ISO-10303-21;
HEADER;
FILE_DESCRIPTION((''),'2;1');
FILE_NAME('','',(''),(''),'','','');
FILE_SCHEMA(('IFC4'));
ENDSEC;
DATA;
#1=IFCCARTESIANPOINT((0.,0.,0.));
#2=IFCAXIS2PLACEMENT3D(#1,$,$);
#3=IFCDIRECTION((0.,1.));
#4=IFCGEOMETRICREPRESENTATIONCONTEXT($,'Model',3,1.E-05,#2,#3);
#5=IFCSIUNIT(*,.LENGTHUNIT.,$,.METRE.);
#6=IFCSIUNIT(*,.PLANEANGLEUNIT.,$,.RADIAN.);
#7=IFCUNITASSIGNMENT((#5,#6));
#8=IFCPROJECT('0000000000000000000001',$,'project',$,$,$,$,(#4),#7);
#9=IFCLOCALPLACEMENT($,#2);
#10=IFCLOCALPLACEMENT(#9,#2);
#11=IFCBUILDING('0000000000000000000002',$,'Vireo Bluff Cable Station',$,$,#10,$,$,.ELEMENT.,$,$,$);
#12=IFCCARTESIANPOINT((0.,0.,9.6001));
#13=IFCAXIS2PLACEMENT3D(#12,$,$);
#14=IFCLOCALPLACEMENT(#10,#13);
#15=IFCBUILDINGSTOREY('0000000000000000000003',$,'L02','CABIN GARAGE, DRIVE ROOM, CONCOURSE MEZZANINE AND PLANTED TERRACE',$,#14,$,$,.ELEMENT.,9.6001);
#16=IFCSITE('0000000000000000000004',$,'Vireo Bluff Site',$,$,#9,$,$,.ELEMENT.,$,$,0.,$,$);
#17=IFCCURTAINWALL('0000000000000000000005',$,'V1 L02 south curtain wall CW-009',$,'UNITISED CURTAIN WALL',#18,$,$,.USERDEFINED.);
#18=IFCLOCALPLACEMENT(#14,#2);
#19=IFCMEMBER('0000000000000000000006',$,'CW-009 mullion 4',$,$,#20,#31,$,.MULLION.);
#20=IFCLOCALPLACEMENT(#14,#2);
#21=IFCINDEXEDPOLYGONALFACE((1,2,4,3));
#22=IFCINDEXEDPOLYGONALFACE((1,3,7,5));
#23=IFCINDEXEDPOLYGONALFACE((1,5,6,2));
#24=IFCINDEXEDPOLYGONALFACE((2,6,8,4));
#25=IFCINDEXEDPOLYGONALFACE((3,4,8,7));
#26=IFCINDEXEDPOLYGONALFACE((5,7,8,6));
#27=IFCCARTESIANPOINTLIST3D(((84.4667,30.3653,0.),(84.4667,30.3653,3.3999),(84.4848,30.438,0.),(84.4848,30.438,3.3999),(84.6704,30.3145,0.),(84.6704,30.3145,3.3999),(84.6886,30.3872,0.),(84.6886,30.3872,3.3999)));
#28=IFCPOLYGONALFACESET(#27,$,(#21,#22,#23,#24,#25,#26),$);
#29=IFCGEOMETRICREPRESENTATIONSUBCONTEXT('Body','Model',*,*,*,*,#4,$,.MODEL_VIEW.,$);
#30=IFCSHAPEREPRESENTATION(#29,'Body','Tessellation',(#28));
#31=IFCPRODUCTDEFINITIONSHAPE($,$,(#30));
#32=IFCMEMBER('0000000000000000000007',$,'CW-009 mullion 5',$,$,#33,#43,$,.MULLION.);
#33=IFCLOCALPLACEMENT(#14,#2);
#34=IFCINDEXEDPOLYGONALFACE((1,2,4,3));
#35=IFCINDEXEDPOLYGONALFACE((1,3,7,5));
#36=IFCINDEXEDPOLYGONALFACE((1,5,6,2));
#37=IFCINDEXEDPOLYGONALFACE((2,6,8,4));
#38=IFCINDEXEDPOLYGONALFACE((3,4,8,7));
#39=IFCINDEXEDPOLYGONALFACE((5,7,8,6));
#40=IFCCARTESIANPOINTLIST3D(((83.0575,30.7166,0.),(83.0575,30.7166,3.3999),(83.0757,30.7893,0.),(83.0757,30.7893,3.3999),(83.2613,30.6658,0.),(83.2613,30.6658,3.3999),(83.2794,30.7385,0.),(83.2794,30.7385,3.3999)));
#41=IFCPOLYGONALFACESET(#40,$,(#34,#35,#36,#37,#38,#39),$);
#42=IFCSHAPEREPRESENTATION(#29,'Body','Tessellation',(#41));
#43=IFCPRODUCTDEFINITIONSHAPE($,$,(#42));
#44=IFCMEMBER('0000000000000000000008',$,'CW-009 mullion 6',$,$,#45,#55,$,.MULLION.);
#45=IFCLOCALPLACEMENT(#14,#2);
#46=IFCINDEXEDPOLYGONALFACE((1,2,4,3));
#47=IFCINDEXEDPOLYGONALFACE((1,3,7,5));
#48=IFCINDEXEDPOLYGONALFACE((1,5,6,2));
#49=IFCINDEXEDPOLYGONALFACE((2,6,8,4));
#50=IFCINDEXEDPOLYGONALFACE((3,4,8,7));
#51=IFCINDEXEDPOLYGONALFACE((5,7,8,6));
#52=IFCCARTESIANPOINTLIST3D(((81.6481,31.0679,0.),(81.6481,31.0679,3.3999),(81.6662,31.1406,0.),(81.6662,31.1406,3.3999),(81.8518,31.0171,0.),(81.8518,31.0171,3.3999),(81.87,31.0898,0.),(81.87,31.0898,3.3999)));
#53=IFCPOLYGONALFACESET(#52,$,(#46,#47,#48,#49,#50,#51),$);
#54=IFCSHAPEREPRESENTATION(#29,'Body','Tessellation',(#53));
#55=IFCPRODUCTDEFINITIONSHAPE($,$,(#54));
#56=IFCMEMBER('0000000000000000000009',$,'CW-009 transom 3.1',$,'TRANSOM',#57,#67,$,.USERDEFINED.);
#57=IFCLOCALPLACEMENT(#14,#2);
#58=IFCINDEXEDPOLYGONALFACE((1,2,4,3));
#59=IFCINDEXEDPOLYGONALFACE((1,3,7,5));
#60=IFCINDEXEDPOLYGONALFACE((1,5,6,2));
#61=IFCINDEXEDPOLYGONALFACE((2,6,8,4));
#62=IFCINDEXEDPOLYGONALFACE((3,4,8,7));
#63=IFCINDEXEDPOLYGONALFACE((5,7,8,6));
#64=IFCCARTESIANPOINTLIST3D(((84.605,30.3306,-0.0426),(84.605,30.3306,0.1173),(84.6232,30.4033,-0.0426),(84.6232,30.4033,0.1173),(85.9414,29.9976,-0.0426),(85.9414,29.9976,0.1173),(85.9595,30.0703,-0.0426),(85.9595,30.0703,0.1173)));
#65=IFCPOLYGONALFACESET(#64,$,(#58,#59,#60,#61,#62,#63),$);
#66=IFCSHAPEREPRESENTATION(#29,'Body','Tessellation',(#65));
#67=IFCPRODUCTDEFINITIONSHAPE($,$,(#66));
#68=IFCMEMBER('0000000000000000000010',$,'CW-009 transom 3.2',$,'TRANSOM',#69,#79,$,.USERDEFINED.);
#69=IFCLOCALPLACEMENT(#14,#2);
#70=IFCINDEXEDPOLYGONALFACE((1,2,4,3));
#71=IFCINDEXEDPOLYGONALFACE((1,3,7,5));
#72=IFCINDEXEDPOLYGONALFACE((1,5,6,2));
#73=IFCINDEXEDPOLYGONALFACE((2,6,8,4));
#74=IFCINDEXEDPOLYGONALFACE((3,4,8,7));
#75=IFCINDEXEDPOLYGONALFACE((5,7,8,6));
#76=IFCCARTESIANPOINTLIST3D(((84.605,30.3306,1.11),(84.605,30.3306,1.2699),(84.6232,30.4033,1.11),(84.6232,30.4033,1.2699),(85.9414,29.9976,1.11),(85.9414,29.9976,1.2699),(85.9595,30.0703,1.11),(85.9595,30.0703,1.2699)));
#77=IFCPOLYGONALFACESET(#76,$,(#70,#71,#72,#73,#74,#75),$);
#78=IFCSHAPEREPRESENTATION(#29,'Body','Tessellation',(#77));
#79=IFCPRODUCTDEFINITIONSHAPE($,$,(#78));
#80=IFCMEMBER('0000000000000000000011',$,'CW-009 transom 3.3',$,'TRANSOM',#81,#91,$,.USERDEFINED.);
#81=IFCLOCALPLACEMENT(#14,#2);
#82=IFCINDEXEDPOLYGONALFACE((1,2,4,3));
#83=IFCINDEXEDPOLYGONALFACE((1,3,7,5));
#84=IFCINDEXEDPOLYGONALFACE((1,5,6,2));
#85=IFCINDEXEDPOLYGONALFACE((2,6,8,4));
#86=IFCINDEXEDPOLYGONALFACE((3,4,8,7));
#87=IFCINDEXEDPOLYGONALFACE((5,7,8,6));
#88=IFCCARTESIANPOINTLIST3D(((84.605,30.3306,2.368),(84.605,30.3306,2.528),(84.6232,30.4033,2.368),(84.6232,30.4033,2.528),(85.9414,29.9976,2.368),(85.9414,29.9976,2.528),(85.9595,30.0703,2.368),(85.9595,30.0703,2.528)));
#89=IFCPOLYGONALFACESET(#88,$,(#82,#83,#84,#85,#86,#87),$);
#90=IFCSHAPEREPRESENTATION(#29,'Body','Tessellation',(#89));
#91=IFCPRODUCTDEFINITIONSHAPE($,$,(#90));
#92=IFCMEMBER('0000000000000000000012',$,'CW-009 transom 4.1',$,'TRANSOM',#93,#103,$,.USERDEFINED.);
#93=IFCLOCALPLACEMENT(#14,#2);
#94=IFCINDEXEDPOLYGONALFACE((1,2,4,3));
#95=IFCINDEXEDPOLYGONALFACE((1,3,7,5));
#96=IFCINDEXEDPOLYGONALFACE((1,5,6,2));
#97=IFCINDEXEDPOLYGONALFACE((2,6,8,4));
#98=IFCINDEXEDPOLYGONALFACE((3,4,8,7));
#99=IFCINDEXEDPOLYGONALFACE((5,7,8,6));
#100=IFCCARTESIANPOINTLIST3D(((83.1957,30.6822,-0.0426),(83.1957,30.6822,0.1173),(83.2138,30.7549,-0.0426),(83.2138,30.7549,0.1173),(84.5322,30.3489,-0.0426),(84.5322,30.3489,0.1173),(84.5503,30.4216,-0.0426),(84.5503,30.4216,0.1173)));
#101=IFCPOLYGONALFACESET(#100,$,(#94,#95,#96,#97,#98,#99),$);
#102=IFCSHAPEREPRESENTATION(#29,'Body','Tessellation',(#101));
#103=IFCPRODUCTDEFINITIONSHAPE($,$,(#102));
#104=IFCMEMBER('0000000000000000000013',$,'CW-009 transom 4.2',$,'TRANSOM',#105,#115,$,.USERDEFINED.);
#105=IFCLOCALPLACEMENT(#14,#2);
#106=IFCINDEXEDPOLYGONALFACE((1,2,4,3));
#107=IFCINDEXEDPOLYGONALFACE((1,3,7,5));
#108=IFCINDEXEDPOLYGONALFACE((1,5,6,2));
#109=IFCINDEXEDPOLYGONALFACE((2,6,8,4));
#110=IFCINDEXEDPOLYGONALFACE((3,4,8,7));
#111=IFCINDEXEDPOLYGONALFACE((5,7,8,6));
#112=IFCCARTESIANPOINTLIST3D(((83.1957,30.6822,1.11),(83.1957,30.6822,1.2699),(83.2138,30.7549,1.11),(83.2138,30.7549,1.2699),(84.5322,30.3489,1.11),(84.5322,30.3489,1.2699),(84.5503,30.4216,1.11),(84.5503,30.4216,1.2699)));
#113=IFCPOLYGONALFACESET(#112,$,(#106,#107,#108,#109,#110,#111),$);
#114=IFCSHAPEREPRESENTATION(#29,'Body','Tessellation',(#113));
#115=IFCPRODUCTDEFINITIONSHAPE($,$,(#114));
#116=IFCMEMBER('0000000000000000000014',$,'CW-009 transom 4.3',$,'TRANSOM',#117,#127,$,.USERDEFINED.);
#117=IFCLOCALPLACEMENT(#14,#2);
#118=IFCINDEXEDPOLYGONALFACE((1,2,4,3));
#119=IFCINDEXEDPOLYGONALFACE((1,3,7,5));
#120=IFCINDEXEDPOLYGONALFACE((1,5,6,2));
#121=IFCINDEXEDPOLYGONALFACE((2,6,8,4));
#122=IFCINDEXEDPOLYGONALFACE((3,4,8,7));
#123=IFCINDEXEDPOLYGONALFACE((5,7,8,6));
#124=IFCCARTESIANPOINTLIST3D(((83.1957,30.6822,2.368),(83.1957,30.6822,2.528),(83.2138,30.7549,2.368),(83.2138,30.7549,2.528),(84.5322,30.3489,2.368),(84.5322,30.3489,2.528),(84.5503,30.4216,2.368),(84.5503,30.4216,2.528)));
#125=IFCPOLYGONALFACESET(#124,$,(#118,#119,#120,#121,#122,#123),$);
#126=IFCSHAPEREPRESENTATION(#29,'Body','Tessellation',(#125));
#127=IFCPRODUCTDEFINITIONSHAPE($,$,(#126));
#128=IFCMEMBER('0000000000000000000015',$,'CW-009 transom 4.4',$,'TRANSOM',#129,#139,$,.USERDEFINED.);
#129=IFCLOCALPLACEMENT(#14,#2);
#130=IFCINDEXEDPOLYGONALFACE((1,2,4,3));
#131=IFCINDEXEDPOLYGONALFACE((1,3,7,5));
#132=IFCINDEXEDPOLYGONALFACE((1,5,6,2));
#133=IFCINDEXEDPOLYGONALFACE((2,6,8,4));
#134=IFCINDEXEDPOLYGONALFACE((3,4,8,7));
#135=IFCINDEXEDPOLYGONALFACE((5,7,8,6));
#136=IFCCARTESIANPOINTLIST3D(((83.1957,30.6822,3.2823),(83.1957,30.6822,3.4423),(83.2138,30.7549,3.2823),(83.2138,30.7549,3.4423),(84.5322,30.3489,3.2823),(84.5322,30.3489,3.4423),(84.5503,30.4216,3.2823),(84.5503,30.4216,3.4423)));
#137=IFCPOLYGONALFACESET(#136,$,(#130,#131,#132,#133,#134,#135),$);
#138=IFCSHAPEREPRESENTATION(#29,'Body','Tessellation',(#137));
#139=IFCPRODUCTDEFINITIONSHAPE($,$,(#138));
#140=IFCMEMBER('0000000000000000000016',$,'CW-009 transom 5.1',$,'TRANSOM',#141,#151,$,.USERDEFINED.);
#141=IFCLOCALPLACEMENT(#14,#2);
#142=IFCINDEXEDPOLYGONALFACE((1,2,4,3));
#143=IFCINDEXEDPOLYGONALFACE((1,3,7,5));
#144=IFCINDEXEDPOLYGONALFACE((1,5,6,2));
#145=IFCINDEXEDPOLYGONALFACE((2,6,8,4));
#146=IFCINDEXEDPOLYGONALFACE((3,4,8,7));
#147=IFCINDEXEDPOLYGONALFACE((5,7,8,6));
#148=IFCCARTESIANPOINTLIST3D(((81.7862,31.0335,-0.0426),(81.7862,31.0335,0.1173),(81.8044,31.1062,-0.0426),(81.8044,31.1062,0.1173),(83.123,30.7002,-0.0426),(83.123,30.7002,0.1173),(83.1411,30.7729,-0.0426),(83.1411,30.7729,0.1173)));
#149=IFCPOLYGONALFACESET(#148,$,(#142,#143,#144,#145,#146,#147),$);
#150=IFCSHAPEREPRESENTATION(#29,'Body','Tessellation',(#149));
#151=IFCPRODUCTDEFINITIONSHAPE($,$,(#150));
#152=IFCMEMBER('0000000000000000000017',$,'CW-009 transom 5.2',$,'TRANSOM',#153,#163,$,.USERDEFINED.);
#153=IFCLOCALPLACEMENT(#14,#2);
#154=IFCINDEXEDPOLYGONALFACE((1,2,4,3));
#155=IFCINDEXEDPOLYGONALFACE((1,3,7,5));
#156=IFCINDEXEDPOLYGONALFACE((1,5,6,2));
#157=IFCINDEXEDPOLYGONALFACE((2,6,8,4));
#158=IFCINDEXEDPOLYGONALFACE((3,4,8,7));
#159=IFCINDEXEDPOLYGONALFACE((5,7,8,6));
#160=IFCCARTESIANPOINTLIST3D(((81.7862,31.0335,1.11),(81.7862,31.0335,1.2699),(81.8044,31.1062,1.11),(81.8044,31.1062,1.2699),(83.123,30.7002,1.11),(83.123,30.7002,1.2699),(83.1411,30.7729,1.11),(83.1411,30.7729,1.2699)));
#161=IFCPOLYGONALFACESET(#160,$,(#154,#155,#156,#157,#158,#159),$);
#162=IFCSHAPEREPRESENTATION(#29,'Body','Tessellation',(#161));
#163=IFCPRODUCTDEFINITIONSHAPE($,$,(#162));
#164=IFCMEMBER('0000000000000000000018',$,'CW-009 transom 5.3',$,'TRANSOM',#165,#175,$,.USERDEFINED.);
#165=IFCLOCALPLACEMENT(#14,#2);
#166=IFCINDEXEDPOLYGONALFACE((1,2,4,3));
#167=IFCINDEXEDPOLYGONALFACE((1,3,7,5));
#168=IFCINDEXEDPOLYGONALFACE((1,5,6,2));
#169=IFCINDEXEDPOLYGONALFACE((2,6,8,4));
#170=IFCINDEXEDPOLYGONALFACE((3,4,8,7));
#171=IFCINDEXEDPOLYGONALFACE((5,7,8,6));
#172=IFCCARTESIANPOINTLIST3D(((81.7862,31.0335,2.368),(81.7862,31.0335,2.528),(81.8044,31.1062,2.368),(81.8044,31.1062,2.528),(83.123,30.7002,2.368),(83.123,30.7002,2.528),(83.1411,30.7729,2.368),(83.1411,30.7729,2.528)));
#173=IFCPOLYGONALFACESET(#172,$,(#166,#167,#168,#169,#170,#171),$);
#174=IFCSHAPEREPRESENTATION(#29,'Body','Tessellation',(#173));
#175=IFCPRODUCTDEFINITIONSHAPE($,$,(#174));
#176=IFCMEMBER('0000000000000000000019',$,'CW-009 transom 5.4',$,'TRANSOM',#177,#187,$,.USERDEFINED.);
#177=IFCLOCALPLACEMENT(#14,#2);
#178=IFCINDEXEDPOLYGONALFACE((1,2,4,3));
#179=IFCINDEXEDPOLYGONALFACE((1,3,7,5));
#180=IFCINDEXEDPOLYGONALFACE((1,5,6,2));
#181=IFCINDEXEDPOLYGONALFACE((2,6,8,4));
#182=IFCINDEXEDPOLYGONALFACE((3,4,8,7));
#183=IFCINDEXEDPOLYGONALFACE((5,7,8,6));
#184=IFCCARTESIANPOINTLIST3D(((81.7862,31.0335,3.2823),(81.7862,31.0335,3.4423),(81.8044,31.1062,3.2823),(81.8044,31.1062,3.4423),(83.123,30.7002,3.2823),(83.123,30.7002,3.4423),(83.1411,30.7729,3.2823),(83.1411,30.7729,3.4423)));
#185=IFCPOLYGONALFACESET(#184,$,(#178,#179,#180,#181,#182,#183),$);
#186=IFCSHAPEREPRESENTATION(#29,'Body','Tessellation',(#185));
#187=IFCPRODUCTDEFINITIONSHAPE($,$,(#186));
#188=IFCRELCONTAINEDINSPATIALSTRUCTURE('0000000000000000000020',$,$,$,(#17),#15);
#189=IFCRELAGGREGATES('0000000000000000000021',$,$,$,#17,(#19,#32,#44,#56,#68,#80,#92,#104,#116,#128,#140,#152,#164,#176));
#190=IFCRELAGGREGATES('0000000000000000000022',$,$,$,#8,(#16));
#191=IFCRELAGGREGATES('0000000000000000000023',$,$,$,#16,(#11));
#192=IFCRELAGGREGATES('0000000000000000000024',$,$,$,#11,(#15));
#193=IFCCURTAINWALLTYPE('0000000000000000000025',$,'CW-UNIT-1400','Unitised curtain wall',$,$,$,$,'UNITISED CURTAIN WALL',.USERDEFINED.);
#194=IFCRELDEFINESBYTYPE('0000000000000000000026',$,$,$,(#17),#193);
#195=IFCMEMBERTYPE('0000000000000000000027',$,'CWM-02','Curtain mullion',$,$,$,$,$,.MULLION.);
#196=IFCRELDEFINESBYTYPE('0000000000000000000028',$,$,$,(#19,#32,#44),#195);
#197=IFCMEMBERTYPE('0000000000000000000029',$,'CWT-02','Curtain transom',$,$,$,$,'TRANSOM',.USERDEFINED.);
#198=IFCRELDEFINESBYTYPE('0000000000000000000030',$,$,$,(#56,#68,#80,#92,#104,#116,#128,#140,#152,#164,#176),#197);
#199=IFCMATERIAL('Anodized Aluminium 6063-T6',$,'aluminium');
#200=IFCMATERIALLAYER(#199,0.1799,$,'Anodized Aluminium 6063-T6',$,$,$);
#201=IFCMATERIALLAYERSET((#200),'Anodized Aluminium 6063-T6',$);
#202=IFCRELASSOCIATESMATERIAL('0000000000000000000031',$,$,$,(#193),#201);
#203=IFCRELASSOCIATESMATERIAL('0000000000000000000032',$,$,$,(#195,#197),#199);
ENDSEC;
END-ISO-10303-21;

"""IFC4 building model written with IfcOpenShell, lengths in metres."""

from ifc_helpers import new_model, si_unit, direction, frame, origin, origin_2d, place, context, subcontext, project, spatial, rectangle, extrude, material, layer, layer_set, material_profile, profile_set, type_object, element, aggregate, save


model = new_model("IFC4")

# Units and contexts
model_context = context("Model", 3, precision=1e-05, world=origin(), true_north=direction((0.0, 1.0)))
body_context = subcontext(model_context, "Body", "Model", "MODEL_VIEW")
ifc_project = project(units=[si_unit("LENGTHUNIT", "METRE"), si_unit("PLANEANGLEUNIT", "RADIAN")], contexts=[model_context])

# Site, building, storey
site_placement = place(None, origin())
site = spatial("IfcSite", under=ifc_project, at=site_placement, Name="Vireo Bluff Site", CompositionType="ELEMENT", RefElevation=0.0)
building_placement = place(site_placement, origin())
building = spatial("IfcBuilding", under=site, at=building_placement, Name="Vireo Bluff Cable Station", CompositionType="ELEMENT")
storey_placement = place(building_placement, frame((0.0, 0.0, 9.6001)))
storey = spatial("IfcBuildingStorey", under=building, at=storey_placement, Name="L02", Description="CABIN GARAGE, DRIVE ROOM, CONCOURSE MEZZANINE AND PLANTED TERRACE", CompositionType="ELEMENT", Elevation=9.6001)

# Curtain wall, members
ifc_material_1 = material(Name="Anodized Aluminium 6063-T6", Category="aluminium")
ifc_layer_1 = layer(ifc_material_1, 0.1799, Name="Anodized Aluminium 6063-T6")
ifc_layer_set_1 = layer_set([ifc_layer_1], Name="Anodized Aluminium 6063-T6")
curtain_wall_type = type_object("IfcCurtainWallType", Name="CW-UNIT-1400", Description="Unitised curtain wall", ElementType="UNITISED CURTAIN WALL", PredefinedType="USERDEFINED", material=ifc_layer_set_1)
curtain_wall_placement = place(storey_placement, origin())
curtain_wall = element("IfcCurtainWall", 1, at=curtain_wall_placement, inside=storey, type_object=curtain_wall_type, Name="V1 L02 south curtain wall CW-009", ObjectType="UNITISED CURTAIN WALL", PredefinedType="USERDEFINED")
ifc_material_profile_1 = material_profile(ifc_material_1, rectangle(XDim=0.075, YDim=0.21, at=origin_2d()), Name="ALU-M-75X210")
ifc_profile_set_1 = profile_set([ifc_material_profile_1], Name="Anodized Aluminium 6063-T6")
member_type_1 = type_object("IfcMemberType", Name="CWM-02", Description="Curtain mullion", PredefinedType="MULLION", material=ifc_profile_set_1)
member_1_placement = place(storey_placement, frame((84.5776, 30.3762, 0.0), z_axis=(0.0, 0.0, 1.0), x_axis=(-0.241922, -0.970296, 0.0)))
member_1 = element("IfcMember", 2, at=member_1_placement, type_object=member_type_1, Name="CW-009 mullion 4", PredefinedType="MULLION", context=body_context, shape_type="SweptSolid", body=[
    extrude(rectangle(XDim=0.075, YDim=0.21, at=origin_2d()), origin(), (0.0, 0.0, 1.0), 3.3999),
])
member_2_placement = place(storey_placement, frame((83.1685, 30.7275, 0.0), z_axis=(0.0, 0.0, 1.0), x_axis=(-0.241922, -0.970296, 0.0)))
member_2 = element("IfcMember", 3, at=member_2_placement, type_object=member_type_1, Name="CW-009 mullion 5", PredefinedType="MULLION", context=body_context, shape_type="SweptSolid", body=[
    extrude(rectangle(XDim=0.075, YDim=0.21, at=origin_2d()), origin(), (0.0, 0.0, 1.0), 3.3999),
])
member_3_placement = place(storey_placement, frame((81.759, 31.0789, 0.0), z_axis=(0.0, 0.0, 1.0), x_axis=(-0.241922, -0.970296, 0.0)))
member_3 = element("IfcMember", 4, at=member_3_placement, type_object=member_type_1, Name="CW-009 mullion 6", PredefinedType="MULLION", context=body_context, shape_type="SweptSolid", body=[
    extrude(rectangle(XDim=0.075, YDim=0.21, at=origin_2d()), origin(), (0.0, 0.0, 1.0), 3.3999),
])
ifc_material_profile_2 = material_profile(ifc_material_1, rectangle(XDim=0.075, YDim=0.1599, at=origin_2d()), Name="ALU-T-75X160")
ifc_profile_set_2 = profile_set([ifc_material_profile_2], Name="Anodized Aluminium 6063-T6")
member_type_2 = type_object("IfcMemberType", Name="CWT-02", Description="Curtain transom", ElementType="TRANSOM", PredefinedType="USERDEFINED", material=ifc_profile_set_2)
member_4_placement = place(storey_placement, frame((85.9504, 30.0339, 0.0374), z_axis=(-0.97033, 0.241785, 0.0), x_axis=(-0.241785, -0.97033, 0.0)))
member_4 = element("IfcMember", 5, at=member_4_placement, type_object=member_type_2, Name="CW-009 transom 3.1", ObjectType="TRANSOM", PredefinedType="USERDEFINED", context=body_context, shape_type="SweptSolid", body=[
    extrude(rectangle(XDim=0.075, YDim=0.1599, at=origin_2d()), origin(), (0.0, 0.0, 1.0), 1.3772),
])
member_5_placement = place(storey_placement, frame((85.9504, 30.0339, 1.1899), z_axis=(-0.97033, 0.241785, 0.0), x_axis=(-0.241785, -0.97033, 0.0)))
member_5 = element("IfcMember", 6, at=member_5_placement, type_object=member_type_2, Name="CW-009 transom 3.2", ObjectType="TRANSOM", PredefinedType="USERDEFINED", context=body_context, shape_type="SweptSolid", body=[
    extrude(rectangle(XDim=0.075, YDim=0.1599, at=origin_2d()), origin(), (0.0, 0.0, 1.0), 1.3772),
])
member_6_placement = place(storey_placement, frame((85.9504, 30.0339, 2.448), z_axis=(-0.97033, 0.241785, 0.0), x_axis=(-0.241785, -0.97033, 0.0)))
member_6 = element("IfcMember", 7, at=member_6_placement, type_object=member_type_2, Name="CW-009 transom 3.3", ObjectType="TRANSOM", PredefinedType="USERDEFINED", context=body_context, shape_type="SweptSolid", body=[
    extrude(rectangle(XDim=0.075, YDim=0.1599, at=origin_2d()), origin(), (0.0, 0.0, 1.0), 1.3772),
])
member_7_placement = place(storey_placement, frame((84.5413, 30.3853, 0.0374), z_axis=(-0.970288, 0.241952, 0.0), x_axis=(-0.241952, -0.970288, 0.0)))
member_7 = element("IfcMember", 8, at=member_7_placement, type_object=member_type_2, Name="CW-009 transom 4.1", ObjectType="TRANSOM", PredefinedType="USERDEFINED", context=body_context, shape_type="SweptSolid", body=[
    extrude(rectangle(XDim=0.075, YDim=0.1599, at=origin_2d()), origin(), (0.0, 0.0, 1.0), 1.3774),
])
member_8_placement = place(storey_placement, frame((84.5413, 30.3853, 1.1899), z_axis=(-0.970288, 0.241952, 0.0), x_axis=(-0.241952, -0.970288, 0.0)))
member_8 = element("IfcMember", 9, at=member_8_placement, type_object=member_type_2, Name="CW-009 transom 4.2", ObjectType="TRANSOM", PredefinedType="USERDEFINED", context=body_context, shape_type="SweptSolid", body=[
    extrude(rectangle(XDim=0.075, YDim=0.1599, at=origin_2d()), origin(), (0.0, 0.0, 1.0), 1.3774),
])
member_9_placement = place(storey_placement, frame((84.5413, 30.3853, 2.448), z_axis=(-0.970288, 0.241952, 0.0), x_axis=(-0.241952, -0.970288, 0.0)))
member_9 = element("IfcMember", 10, at=member_9_placement, type_object=member_type_2, Name="CW-009 transom 4.3", ObjectType="TRANSOM", PredefinedType="USERDEFINED", context=body_context, shape_type="SweptSolid", body=[
    extrude(rectangle(XDim=0.075, YDim=0.1599, at=origin_2d()), origin(), (0.0, 0.0, 1.0), 1.3774),
])
member_10_placement = place(storey_placement, frame((84.5413, 30.3853, 3.3623), z_axis=(-0.970288, 0.241952, 0.0), x_axis=(-0.241952, -0.970288, 0.0)))
member_10 = element("IfcMember", 11, at=member_10_placement, type_object=member_type_2, Name="CW-009 transom 4.4", ObjectType="TRANSOM", PredefinedType="USERDEFINED", context=body_context, shape_type="SweptSolid", body=[
    extrude(rectangle(XDim=0.075, YDim=0.1599, at=origin_2d()), origin(), (0.0, 0.0, 1.0), 1.3774),
])
member_11_placement = place(storey_placement, frame((83.1321, 30.7366, 0.0374), z_axis=(-0.970299, 0.24191, 0.0), x_axis=(-0.24191, -0.970299, 0.0)))
member_11 = element("IfcMember", 12, at=member_11_placement, type_object=member_type_2, Name="CW-009 transom 5.1", ObjectType="TRANSOM", PredefinedType="USERDEFINED", context=body_context, shape_type="SweptSolid", body=[
    extrude(rectangle(XDim=0.075, YDim=0.1599, at=origin_2d()), origin(), (0.0, 0.0, 1.0), 1.3777),
])
member_12_placement = place(storey_placement, frame((83.1321, 30.7366, 1.1899), z_axis=(-0.970299, 0.24191, 0.0), x_axis=(-0.24191, -0.970299, 0.0)))
member_12 = element("IfcMember", 13, at=member_12_placement, type_object=member_type_2, Name="CW-009 transom 5.2", ObjectType="TRANSOM", PredefinedType="USERDEFINED", context=body_context, shape_type="SweptSolid", body=[
    extrude(rectangle(XDim=0.075, YDim=0.1599, at=origin_2d()), origin(), (0.0, 0.0, 1.0), 1.3777),
])
member_13_placement = place(storey_placement, frame((83.1321, 30.7366, 2.448), z_axis=(-0.970299, 0.24191, 0.0), x_axis=(-0.24191, -0.970299, 0.0)))
member_13 = element("IfcMember", 14, at=member_13_placement, type_object=member_type_2, Name="CW-009 transom 5.3", ObjectType="TRANSOM", PredefinedType="USERDEFINED", context=body_context, shape_type="SweptSolid", body=[
    extrude(rectangle(XDim=0.075, YDim=0.1599, at=origin_2d()), origin(), (0.0, 0.0, 1.0), 1.3777),
])
member_14_placement = place(storey_placement, frame((83.1321, 30.7366, 3.3623), z_axis=(-0.970299, 0.24191, 0.0), x_axis=(-0.24191, -0.970299, 0.0)))
member_14 = element("IfcMember", 15, at=member_14_placement, type_object=member_type_2, Name="CW-009 transom 5.4", ObjectType="TRANSOM", PredefinedType="USERDEFINED", context=body_context, shape_type="SweptSolid", body=[
    extrude(rectangle(XDim=0.075, YDim=0.1599, at=origin_2d()), origin(), (0.0, 0.0, 1.0), 1.3777),
])
aggregate(curtain_wall, [member_1, member_2, member_3, member_4, member_5, member_6, member_7, member_8, member_9, member_10, member_11, member_12, member_13, member_14])

save(model, "model.ifc")
